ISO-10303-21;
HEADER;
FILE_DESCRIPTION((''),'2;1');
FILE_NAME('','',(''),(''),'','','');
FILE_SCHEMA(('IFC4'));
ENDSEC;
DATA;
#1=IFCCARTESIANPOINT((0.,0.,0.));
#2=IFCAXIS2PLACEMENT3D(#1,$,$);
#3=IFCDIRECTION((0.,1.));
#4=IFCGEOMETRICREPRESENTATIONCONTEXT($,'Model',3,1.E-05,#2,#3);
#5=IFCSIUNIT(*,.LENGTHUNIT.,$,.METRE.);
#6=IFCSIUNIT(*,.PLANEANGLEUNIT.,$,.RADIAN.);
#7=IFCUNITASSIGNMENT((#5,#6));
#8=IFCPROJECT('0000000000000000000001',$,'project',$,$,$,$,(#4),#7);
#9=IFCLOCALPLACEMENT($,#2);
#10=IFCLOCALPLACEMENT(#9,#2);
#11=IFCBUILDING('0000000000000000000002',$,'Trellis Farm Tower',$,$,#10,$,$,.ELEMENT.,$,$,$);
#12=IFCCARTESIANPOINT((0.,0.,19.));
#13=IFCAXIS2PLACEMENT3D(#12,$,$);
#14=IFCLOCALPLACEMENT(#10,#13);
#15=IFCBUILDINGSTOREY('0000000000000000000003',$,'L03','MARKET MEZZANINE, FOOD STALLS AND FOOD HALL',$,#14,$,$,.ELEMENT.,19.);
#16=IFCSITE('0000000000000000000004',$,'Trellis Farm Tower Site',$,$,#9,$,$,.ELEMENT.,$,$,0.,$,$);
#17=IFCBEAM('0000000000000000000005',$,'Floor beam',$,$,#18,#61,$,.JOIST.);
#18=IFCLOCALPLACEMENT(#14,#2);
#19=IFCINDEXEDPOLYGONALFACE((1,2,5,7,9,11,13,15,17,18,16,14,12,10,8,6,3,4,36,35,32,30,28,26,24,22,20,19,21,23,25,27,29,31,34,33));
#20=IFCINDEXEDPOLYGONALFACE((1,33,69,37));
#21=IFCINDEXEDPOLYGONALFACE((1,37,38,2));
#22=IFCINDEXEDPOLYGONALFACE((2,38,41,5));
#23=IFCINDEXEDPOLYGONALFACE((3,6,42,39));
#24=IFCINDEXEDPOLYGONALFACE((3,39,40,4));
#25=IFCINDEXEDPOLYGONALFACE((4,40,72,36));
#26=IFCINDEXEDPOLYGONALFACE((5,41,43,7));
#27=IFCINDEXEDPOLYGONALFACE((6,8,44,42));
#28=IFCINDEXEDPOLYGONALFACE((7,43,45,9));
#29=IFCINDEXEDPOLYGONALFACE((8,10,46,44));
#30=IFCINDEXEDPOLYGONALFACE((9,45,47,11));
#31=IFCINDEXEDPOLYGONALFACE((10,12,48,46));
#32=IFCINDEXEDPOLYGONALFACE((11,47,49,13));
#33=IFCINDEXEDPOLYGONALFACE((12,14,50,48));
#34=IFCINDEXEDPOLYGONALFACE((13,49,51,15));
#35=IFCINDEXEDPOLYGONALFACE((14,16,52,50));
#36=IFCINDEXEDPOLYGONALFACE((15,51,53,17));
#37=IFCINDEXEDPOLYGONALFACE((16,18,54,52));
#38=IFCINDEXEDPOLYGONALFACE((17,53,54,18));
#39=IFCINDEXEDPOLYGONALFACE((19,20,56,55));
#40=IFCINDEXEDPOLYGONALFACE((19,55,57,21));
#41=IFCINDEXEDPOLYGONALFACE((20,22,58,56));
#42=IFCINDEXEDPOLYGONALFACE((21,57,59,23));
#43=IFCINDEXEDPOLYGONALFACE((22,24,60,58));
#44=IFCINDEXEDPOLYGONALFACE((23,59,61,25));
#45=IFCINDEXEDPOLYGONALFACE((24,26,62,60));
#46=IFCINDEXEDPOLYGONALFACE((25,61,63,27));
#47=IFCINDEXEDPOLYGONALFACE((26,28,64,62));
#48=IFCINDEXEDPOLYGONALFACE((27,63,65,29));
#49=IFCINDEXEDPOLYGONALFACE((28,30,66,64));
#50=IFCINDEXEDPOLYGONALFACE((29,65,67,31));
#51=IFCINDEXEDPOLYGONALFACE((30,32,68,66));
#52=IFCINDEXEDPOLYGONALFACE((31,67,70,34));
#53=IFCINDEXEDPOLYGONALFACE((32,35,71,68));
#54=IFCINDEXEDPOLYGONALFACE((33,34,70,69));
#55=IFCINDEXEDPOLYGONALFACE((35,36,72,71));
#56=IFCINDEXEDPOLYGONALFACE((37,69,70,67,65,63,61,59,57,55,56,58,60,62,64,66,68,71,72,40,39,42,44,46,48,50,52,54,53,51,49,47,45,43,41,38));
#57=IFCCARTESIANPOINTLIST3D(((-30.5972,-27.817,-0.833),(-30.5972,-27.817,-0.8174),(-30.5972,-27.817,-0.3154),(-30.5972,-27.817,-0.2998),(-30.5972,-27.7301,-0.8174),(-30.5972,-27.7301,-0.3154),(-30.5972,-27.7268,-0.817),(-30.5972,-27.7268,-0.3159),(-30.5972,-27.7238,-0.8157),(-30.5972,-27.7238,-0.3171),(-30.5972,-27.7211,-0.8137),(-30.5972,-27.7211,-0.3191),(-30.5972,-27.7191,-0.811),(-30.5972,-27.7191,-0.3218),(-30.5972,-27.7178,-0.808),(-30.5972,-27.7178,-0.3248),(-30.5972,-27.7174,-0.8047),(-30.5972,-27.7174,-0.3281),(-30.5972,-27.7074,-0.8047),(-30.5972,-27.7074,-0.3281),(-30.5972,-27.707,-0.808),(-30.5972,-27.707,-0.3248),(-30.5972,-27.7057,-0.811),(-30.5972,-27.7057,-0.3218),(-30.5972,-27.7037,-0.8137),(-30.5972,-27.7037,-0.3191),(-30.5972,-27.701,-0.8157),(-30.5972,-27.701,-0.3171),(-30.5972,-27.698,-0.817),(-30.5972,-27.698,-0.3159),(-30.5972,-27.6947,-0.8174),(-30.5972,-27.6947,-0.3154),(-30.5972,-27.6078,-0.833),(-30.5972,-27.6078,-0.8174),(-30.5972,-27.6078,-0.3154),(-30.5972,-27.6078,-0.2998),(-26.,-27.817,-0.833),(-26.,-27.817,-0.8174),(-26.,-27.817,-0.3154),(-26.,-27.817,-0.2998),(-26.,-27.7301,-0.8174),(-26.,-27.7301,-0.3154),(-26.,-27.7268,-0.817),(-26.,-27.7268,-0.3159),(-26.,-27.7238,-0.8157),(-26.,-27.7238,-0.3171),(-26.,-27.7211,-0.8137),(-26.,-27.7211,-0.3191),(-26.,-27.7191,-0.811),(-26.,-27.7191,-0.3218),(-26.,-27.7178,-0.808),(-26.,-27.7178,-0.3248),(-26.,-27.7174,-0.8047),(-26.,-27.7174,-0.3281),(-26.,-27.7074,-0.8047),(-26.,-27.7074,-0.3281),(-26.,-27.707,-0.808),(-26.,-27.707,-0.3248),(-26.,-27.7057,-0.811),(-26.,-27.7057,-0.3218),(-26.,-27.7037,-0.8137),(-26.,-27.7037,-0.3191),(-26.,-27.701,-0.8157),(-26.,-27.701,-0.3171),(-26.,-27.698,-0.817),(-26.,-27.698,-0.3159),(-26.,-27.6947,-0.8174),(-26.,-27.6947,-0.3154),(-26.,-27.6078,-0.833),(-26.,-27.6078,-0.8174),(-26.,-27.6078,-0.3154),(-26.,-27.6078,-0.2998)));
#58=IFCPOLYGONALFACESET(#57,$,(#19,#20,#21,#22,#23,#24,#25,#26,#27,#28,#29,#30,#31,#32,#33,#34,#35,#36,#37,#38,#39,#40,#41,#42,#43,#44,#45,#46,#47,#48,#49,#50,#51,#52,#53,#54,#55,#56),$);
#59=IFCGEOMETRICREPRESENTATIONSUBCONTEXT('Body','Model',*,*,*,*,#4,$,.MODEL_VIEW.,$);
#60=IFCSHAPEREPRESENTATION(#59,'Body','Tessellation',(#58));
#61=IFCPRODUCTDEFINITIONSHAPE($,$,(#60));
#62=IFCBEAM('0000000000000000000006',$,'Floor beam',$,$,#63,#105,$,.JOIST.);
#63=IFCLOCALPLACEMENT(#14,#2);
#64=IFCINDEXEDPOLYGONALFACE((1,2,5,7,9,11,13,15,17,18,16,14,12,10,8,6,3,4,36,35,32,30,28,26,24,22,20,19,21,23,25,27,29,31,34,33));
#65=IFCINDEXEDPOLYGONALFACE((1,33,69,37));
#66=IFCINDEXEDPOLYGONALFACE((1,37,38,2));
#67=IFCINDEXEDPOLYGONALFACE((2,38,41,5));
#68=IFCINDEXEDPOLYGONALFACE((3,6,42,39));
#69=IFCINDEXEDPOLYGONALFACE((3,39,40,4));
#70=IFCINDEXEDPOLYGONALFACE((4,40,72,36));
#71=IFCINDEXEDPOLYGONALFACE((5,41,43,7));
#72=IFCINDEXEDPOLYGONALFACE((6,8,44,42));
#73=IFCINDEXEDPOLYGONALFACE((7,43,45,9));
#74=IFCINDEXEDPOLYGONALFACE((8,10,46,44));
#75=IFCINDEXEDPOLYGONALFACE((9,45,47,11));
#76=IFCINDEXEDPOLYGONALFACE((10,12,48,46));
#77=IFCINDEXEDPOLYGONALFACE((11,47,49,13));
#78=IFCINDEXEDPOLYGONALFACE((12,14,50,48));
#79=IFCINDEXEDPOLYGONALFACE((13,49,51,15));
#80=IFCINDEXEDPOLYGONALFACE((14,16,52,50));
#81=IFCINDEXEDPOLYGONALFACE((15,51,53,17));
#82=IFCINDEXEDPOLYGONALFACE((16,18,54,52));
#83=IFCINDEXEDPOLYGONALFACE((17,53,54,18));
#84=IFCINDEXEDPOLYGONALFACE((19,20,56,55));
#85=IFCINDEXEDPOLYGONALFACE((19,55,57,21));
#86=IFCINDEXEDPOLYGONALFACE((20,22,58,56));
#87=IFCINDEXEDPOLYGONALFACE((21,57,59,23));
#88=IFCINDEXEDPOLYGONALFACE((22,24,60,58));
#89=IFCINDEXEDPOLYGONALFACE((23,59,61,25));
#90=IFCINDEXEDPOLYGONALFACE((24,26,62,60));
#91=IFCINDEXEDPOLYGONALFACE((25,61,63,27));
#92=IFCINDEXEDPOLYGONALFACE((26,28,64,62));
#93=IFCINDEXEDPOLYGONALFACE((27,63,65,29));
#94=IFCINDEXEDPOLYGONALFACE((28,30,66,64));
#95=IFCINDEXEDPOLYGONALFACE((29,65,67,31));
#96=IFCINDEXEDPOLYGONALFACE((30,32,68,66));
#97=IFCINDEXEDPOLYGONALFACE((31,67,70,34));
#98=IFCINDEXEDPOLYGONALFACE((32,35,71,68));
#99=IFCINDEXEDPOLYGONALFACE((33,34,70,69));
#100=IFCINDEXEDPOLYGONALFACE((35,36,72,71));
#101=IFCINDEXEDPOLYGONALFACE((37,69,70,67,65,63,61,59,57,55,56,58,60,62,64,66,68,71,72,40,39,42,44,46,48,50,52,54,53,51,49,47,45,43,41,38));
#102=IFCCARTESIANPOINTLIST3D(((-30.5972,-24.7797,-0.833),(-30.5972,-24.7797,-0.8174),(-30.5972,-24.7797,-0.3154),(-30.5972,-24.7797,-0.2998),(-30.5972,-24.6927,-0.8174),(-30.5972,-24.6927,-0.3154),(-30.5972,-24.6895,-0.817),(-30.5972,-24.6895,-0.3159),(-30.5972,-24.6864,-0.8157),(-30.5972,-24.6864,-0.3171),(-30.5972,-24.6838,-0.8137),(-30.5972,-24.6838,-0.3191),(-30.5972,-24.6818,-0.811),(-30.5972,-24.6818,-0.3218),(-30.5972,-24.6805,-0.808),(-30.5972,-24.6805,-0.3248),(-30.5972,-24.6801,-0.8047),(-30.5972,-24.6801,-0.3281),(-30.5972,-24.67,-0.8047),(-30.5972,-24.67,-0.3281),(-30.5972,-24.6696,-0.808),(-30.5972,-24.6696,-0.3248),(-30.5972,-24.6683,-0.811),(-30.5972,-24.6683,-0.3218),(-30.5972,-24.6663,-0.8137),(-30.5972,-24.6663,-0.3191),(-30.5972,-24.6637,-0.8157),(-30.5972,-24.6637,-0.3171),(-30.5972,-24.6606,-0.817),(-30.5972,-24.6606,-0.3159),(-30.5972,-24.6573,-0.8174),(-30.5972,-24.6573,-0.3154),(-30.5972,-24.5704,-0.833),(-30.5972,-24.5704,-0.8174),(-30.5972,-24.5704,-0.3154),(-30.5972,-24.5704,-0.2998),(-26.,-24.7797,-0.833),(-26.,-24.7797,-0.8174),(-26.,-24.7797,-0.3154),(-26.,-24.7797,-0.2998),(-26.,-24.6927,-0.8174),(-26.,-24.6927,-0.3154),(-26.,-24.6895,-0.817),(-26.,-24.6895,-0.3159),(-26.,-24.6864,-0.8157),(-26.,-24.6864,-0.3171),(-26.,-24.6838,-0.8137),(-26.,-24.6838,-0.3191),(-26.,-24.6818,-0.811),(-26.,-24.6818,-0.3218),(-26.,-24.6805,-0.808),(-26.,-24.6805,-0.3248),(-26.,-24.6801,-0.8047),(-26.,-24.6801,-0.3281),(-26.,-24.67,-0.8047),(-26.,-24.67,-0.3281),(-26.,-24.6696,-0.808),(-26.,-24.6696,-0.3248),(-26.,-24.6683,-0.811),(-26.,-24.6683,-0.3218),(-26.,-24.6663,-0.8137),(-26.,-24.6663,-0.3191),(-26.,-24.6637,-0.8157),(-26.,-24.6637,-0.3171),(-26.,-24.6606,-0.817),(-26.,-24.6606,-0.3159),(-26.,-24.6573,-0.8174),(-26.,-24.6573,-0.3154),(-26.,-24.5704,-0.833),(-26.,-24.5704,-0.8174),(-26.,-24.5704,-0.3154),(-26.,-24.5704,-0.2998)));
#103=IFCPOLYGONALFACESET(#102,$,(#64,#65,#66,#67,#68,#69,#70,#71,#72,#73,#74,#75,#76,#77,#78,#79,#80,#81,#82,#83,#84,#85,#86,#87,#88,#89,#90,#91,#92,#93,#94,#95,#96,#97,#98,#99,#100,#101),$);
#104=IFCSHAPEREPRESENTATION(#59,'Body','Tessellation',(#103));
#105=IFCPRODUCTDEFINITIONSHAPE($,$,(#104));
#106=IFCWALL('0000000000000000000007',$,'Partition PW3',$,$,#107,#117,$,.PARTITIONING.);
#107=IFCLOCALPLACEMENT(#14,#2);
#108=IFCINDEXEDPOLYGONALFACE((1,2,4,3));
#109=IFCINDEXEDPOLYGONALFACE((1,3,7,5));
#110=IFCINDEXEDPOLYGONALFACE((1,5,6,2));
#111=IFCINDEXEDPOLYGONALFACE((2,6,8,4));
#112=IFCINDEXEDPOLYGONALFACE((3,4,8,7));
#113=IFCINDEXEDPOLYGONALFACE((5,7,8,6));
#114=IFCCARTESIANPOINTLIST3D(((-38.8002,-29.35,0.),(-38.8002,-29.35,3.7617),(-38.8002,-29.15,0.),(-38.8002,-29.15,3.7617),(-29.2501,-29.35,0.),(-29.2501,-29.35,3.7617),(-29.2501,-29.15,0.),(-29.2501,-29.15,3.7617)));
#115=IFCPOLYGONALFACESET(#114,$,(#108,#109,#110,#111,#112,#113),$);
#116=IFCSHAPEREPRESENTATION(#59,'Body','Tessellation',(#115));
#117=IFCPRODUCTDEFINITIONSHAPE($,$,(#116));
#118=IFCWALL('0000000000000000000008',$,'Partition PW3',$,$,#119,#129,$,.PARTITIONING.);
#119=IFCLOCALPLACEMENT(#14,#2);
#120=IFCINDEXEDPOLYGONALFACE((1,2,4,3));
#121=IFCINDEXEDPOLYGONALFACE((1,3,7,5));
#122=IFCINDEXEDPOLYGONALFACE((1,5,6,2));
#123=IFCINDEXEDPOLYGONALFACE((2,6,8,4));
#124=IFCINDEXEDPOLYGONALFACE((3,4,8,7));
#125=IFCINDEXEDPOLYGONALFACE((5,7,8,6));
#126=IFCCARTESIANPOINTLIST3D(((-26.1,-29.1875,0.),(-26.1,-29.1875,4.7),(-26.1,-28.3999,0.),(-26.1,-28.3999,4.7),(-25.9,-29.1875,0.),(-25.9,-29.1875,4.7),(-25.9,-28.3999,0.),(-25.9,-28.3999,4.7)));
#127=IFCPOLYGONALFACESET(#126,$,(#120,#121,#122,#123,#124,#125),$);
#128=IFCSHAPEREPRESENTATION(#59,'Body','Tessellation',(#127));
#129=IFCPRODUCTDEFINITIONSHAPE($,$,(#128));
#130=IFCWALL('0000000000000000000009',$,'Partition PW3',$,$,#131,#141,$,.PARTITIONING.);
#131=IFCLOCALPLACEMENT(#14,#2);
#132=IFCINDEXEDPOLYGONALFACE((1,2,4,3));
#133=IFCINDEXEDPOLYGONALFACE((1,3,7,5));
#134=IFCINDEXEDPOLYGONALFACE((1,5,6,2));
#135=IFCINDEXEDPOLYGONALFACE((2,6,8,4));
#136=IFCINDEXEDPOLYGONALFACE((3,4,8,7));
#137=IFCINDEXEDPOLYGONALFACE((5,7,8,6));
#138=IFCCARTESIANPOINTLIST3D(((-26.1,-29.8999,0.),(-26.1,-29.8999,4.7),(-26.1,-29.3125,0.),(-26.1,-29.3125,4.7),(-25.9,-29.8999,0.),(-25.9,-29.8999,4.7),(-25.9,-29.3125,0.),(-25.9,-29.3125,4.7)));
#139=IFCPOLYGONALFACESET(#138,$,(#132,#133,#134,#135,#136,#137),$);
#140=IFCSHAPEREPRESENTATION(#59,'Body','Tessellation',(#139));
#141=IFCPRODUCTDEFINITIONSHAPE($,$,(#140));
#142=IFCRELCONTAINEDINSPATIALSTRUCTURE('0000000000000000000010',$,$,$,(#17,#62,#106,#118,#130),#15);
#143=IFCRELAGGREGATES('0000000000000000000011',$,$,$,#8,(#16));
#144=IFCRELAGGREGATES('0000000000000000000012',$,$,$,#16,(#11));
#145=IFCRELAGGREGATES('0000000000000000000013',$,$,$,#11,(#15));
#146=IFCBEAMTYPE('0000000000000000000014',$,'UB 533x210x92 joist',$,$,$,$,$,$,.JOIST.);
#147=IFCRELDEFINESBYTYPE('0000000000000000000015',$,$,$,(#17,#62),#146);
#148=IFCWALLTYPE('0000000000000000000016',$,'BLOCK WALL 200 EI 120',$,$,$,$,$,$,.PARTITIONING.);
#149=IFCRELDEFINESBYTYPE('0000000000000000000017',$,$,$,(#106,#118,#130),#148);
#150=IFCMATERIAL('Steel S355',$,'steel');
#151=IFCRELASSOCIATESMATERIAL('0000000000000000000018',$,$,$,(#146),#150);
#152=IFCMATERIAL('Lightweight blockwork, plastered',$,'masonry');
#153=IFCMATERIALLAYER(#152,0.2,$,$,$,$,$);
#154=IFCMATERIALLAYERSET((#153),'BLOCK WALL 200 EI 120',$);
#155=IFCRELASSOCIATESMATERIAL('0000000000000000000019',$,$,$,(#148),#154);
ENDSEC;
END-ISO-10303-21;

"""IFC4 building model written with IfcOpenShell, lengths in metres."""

from ifc_helpers import new_model, si_unit, direction, frame, frame_2d, origin, origin_2d, place, context, subcontext, project, spatial, rectangle, i_section, extrude, source, transform, mapped, material, layer, layer_set, material_profile, profile_set, type_object, element, save


model = new_model("IFC4")

# Units and contexts
model_context = context("Model", 3, precision=1e-05, world=origin(), true_north=direction((0.0, 1.0)))
body_context = subcontext(model_context, "Body", "Model", "MODEL_VIEW")
ifc_project = project(units=[si_unit("LENGTHUNIT", "METRE"), si_unit("PLANEANGLEUNIT", "RADIAN")], contexts=[model_context])

# Site, building, storey
site_placement = place(None, origin())
site = spatial("IfcSite", under=ifc_project, at=site_placement, Name="Trellis Farm Tower Site", CompositionType="ELEMENT", RefElevation=0.0)
building_placement = place(site_placement, origin())
building = spatial("IfcBuilding", under=site, at=building_placement, Name="Trellis Farm Tower", CompositionType="ELEMENT")
storey_placement = place(building_placement, frame((0.0, 0.0, 19.0)))
storey = spatial("IfcBuildingStorey", under=building, at=storey_placement, Name="L03", Description="MARKET MEZZANINE, FOOD STALLS AND FOOD HALL", CompositionType="ELEMENT", Elevation=19.0)

# Beams
ifc_material_1 = material(Name="Steel S355", Category="steel")
ifc_material_profile_1 = material_profile(ifc_material_1, i_section(OverallWidth=0.2092, OverallDepth=0.5332, WebThickness=0.01, FlangeThickness=0.0156, FilletRadius=0.0127, at=origin_2d()), Name="UB 533x210x92")
ifc_profile_set_1 = profile_set([ifc_material_profile_1], Name="Steel S355")
beam_type_1 = type_object("IfcBeamType", Name="UB 533x210x92 joist", PredefinedType="JOIST", material=ifc_profile_set_1)
shared_shape_1 = source(origin(), body_context, "Body", "SweptSolid", [
    extrude(i_section(OverallWidth=0.2092, OverallDepth=0.5332, WebThickness=0.01, FlangeThickness=0.0156, FilletRadius=0.0127, at=origin_2d()), origin(), (0.0, 0.0, 1.0), 4.5972),
])
for number, where, z_axis, x_axis, name in (
    (1, (-30.5972, -27.7124, -0.5664), (1.0, 0.0, 0.0), (0.0, 1.0, 0.0), "Floor beam"),
    (2, (-30.5972, -24.675, -0.5664), (1.0, 0.0, 0.0), (0.0, 1.0, 0.0), "Floor beam"),
):
    element("IfcBeam", number, at=place(storey_placement, frame(where, z_axis=z_axis, x_axis=x_axis)), inside=storey, type_object=beam_type_1, Name=name, PredefinedType="JOIST", context=body_context, shape_type="MappedRepresentation", body=[
        mapped(shared_shape_1, transform((0.0, 0.0, 0.0))),
    ])

# Walls
ifc_material_2 = material(Name="Lightweight blockwork, plastered", Category="masonry")
ifc_layer = layer(ifc_material_2, 0.2)
ifc_layer_set = layer_set([ifc_layer], Name="BLOCK WALL 200 EI 120")
wall_type = type_object("IfcWallType", Name="BLOCK WALL 200 EI 120", PredefinedType="PARTITIONING", material=ifc_layer_set)
wall_1_placement = place(storey_placement, frame((-38.8, -29.25, 0.0), z_axis=(0.0, 0.0, 1.0), x_axis=(1.0, 0.0, 0.0)))
element("IfcWall", 3, at=wall_1_placement, inside=storey, type_object=wall_type, Name="Partition PW3", PredefinedType="PARTITIONING", context=body_context, shape_type="SweptSolid", body=[
    extrude(rectangle(XDim=9.55, YDim=0.2, at=frame_2d((4.7749, 0.0))), origin(), (0.0, 0.0, 1.0), 3.7617),
])
shared_shape_2 = source(origin(), body_context, "Body", "SweptSolid", [
    extrude(rectangle(XDim=0.7876, YDim=0.2, at=frame_2d((0.3938, 0.0))), origin(), (0.0, 0.0, 1.0), 4.7),
])
wall_2_placement = place(storey_placement, frame((-26.0, -29.1875, 0.0), z_axis=(0.0, 0.0, 1.0), x_axis=(0.0, 1.0, 0.0)))
element("IfcWall", 4, at=wall_2_placement, inside=storey, type_object=wall_type, Name="Partition PW3", PredefinedType="PARTITIONING", context=body_context, shape_type="MappedRepresentation", body=[
    mapped(shared_shape_2, transform((0.0, 0.0, 0.0))),
])
shared_shape_3 = source(origin(), body_context, "Body", "SweptSolid", [
    extrude(rectangle(XDim=0.5874, YDim=0.2, at=frame_2d((0.2937, 0.0))), origin(), (0.0, 0.0, 1.0), 4.7),
])
wall_3_placement = place(storey_placement, frame((-26.0, -29.8999, 0.0), z_axis=(0.0, 0.0, 1.0), x_axis=(0.0, 1.0, 0.0)))
element("IfcWall", 5, at=wall_3_placement, inside=storey, type_object=wall_type, Name="Partition PW3", PredefinedType="PARTITIONING", context=body_context, shape_type="MappedRepresentation", body=[
    mapped(shared_shape_3, transform((0.0, 0.0, 0.0))),
])

save(model, "model.ifc")
